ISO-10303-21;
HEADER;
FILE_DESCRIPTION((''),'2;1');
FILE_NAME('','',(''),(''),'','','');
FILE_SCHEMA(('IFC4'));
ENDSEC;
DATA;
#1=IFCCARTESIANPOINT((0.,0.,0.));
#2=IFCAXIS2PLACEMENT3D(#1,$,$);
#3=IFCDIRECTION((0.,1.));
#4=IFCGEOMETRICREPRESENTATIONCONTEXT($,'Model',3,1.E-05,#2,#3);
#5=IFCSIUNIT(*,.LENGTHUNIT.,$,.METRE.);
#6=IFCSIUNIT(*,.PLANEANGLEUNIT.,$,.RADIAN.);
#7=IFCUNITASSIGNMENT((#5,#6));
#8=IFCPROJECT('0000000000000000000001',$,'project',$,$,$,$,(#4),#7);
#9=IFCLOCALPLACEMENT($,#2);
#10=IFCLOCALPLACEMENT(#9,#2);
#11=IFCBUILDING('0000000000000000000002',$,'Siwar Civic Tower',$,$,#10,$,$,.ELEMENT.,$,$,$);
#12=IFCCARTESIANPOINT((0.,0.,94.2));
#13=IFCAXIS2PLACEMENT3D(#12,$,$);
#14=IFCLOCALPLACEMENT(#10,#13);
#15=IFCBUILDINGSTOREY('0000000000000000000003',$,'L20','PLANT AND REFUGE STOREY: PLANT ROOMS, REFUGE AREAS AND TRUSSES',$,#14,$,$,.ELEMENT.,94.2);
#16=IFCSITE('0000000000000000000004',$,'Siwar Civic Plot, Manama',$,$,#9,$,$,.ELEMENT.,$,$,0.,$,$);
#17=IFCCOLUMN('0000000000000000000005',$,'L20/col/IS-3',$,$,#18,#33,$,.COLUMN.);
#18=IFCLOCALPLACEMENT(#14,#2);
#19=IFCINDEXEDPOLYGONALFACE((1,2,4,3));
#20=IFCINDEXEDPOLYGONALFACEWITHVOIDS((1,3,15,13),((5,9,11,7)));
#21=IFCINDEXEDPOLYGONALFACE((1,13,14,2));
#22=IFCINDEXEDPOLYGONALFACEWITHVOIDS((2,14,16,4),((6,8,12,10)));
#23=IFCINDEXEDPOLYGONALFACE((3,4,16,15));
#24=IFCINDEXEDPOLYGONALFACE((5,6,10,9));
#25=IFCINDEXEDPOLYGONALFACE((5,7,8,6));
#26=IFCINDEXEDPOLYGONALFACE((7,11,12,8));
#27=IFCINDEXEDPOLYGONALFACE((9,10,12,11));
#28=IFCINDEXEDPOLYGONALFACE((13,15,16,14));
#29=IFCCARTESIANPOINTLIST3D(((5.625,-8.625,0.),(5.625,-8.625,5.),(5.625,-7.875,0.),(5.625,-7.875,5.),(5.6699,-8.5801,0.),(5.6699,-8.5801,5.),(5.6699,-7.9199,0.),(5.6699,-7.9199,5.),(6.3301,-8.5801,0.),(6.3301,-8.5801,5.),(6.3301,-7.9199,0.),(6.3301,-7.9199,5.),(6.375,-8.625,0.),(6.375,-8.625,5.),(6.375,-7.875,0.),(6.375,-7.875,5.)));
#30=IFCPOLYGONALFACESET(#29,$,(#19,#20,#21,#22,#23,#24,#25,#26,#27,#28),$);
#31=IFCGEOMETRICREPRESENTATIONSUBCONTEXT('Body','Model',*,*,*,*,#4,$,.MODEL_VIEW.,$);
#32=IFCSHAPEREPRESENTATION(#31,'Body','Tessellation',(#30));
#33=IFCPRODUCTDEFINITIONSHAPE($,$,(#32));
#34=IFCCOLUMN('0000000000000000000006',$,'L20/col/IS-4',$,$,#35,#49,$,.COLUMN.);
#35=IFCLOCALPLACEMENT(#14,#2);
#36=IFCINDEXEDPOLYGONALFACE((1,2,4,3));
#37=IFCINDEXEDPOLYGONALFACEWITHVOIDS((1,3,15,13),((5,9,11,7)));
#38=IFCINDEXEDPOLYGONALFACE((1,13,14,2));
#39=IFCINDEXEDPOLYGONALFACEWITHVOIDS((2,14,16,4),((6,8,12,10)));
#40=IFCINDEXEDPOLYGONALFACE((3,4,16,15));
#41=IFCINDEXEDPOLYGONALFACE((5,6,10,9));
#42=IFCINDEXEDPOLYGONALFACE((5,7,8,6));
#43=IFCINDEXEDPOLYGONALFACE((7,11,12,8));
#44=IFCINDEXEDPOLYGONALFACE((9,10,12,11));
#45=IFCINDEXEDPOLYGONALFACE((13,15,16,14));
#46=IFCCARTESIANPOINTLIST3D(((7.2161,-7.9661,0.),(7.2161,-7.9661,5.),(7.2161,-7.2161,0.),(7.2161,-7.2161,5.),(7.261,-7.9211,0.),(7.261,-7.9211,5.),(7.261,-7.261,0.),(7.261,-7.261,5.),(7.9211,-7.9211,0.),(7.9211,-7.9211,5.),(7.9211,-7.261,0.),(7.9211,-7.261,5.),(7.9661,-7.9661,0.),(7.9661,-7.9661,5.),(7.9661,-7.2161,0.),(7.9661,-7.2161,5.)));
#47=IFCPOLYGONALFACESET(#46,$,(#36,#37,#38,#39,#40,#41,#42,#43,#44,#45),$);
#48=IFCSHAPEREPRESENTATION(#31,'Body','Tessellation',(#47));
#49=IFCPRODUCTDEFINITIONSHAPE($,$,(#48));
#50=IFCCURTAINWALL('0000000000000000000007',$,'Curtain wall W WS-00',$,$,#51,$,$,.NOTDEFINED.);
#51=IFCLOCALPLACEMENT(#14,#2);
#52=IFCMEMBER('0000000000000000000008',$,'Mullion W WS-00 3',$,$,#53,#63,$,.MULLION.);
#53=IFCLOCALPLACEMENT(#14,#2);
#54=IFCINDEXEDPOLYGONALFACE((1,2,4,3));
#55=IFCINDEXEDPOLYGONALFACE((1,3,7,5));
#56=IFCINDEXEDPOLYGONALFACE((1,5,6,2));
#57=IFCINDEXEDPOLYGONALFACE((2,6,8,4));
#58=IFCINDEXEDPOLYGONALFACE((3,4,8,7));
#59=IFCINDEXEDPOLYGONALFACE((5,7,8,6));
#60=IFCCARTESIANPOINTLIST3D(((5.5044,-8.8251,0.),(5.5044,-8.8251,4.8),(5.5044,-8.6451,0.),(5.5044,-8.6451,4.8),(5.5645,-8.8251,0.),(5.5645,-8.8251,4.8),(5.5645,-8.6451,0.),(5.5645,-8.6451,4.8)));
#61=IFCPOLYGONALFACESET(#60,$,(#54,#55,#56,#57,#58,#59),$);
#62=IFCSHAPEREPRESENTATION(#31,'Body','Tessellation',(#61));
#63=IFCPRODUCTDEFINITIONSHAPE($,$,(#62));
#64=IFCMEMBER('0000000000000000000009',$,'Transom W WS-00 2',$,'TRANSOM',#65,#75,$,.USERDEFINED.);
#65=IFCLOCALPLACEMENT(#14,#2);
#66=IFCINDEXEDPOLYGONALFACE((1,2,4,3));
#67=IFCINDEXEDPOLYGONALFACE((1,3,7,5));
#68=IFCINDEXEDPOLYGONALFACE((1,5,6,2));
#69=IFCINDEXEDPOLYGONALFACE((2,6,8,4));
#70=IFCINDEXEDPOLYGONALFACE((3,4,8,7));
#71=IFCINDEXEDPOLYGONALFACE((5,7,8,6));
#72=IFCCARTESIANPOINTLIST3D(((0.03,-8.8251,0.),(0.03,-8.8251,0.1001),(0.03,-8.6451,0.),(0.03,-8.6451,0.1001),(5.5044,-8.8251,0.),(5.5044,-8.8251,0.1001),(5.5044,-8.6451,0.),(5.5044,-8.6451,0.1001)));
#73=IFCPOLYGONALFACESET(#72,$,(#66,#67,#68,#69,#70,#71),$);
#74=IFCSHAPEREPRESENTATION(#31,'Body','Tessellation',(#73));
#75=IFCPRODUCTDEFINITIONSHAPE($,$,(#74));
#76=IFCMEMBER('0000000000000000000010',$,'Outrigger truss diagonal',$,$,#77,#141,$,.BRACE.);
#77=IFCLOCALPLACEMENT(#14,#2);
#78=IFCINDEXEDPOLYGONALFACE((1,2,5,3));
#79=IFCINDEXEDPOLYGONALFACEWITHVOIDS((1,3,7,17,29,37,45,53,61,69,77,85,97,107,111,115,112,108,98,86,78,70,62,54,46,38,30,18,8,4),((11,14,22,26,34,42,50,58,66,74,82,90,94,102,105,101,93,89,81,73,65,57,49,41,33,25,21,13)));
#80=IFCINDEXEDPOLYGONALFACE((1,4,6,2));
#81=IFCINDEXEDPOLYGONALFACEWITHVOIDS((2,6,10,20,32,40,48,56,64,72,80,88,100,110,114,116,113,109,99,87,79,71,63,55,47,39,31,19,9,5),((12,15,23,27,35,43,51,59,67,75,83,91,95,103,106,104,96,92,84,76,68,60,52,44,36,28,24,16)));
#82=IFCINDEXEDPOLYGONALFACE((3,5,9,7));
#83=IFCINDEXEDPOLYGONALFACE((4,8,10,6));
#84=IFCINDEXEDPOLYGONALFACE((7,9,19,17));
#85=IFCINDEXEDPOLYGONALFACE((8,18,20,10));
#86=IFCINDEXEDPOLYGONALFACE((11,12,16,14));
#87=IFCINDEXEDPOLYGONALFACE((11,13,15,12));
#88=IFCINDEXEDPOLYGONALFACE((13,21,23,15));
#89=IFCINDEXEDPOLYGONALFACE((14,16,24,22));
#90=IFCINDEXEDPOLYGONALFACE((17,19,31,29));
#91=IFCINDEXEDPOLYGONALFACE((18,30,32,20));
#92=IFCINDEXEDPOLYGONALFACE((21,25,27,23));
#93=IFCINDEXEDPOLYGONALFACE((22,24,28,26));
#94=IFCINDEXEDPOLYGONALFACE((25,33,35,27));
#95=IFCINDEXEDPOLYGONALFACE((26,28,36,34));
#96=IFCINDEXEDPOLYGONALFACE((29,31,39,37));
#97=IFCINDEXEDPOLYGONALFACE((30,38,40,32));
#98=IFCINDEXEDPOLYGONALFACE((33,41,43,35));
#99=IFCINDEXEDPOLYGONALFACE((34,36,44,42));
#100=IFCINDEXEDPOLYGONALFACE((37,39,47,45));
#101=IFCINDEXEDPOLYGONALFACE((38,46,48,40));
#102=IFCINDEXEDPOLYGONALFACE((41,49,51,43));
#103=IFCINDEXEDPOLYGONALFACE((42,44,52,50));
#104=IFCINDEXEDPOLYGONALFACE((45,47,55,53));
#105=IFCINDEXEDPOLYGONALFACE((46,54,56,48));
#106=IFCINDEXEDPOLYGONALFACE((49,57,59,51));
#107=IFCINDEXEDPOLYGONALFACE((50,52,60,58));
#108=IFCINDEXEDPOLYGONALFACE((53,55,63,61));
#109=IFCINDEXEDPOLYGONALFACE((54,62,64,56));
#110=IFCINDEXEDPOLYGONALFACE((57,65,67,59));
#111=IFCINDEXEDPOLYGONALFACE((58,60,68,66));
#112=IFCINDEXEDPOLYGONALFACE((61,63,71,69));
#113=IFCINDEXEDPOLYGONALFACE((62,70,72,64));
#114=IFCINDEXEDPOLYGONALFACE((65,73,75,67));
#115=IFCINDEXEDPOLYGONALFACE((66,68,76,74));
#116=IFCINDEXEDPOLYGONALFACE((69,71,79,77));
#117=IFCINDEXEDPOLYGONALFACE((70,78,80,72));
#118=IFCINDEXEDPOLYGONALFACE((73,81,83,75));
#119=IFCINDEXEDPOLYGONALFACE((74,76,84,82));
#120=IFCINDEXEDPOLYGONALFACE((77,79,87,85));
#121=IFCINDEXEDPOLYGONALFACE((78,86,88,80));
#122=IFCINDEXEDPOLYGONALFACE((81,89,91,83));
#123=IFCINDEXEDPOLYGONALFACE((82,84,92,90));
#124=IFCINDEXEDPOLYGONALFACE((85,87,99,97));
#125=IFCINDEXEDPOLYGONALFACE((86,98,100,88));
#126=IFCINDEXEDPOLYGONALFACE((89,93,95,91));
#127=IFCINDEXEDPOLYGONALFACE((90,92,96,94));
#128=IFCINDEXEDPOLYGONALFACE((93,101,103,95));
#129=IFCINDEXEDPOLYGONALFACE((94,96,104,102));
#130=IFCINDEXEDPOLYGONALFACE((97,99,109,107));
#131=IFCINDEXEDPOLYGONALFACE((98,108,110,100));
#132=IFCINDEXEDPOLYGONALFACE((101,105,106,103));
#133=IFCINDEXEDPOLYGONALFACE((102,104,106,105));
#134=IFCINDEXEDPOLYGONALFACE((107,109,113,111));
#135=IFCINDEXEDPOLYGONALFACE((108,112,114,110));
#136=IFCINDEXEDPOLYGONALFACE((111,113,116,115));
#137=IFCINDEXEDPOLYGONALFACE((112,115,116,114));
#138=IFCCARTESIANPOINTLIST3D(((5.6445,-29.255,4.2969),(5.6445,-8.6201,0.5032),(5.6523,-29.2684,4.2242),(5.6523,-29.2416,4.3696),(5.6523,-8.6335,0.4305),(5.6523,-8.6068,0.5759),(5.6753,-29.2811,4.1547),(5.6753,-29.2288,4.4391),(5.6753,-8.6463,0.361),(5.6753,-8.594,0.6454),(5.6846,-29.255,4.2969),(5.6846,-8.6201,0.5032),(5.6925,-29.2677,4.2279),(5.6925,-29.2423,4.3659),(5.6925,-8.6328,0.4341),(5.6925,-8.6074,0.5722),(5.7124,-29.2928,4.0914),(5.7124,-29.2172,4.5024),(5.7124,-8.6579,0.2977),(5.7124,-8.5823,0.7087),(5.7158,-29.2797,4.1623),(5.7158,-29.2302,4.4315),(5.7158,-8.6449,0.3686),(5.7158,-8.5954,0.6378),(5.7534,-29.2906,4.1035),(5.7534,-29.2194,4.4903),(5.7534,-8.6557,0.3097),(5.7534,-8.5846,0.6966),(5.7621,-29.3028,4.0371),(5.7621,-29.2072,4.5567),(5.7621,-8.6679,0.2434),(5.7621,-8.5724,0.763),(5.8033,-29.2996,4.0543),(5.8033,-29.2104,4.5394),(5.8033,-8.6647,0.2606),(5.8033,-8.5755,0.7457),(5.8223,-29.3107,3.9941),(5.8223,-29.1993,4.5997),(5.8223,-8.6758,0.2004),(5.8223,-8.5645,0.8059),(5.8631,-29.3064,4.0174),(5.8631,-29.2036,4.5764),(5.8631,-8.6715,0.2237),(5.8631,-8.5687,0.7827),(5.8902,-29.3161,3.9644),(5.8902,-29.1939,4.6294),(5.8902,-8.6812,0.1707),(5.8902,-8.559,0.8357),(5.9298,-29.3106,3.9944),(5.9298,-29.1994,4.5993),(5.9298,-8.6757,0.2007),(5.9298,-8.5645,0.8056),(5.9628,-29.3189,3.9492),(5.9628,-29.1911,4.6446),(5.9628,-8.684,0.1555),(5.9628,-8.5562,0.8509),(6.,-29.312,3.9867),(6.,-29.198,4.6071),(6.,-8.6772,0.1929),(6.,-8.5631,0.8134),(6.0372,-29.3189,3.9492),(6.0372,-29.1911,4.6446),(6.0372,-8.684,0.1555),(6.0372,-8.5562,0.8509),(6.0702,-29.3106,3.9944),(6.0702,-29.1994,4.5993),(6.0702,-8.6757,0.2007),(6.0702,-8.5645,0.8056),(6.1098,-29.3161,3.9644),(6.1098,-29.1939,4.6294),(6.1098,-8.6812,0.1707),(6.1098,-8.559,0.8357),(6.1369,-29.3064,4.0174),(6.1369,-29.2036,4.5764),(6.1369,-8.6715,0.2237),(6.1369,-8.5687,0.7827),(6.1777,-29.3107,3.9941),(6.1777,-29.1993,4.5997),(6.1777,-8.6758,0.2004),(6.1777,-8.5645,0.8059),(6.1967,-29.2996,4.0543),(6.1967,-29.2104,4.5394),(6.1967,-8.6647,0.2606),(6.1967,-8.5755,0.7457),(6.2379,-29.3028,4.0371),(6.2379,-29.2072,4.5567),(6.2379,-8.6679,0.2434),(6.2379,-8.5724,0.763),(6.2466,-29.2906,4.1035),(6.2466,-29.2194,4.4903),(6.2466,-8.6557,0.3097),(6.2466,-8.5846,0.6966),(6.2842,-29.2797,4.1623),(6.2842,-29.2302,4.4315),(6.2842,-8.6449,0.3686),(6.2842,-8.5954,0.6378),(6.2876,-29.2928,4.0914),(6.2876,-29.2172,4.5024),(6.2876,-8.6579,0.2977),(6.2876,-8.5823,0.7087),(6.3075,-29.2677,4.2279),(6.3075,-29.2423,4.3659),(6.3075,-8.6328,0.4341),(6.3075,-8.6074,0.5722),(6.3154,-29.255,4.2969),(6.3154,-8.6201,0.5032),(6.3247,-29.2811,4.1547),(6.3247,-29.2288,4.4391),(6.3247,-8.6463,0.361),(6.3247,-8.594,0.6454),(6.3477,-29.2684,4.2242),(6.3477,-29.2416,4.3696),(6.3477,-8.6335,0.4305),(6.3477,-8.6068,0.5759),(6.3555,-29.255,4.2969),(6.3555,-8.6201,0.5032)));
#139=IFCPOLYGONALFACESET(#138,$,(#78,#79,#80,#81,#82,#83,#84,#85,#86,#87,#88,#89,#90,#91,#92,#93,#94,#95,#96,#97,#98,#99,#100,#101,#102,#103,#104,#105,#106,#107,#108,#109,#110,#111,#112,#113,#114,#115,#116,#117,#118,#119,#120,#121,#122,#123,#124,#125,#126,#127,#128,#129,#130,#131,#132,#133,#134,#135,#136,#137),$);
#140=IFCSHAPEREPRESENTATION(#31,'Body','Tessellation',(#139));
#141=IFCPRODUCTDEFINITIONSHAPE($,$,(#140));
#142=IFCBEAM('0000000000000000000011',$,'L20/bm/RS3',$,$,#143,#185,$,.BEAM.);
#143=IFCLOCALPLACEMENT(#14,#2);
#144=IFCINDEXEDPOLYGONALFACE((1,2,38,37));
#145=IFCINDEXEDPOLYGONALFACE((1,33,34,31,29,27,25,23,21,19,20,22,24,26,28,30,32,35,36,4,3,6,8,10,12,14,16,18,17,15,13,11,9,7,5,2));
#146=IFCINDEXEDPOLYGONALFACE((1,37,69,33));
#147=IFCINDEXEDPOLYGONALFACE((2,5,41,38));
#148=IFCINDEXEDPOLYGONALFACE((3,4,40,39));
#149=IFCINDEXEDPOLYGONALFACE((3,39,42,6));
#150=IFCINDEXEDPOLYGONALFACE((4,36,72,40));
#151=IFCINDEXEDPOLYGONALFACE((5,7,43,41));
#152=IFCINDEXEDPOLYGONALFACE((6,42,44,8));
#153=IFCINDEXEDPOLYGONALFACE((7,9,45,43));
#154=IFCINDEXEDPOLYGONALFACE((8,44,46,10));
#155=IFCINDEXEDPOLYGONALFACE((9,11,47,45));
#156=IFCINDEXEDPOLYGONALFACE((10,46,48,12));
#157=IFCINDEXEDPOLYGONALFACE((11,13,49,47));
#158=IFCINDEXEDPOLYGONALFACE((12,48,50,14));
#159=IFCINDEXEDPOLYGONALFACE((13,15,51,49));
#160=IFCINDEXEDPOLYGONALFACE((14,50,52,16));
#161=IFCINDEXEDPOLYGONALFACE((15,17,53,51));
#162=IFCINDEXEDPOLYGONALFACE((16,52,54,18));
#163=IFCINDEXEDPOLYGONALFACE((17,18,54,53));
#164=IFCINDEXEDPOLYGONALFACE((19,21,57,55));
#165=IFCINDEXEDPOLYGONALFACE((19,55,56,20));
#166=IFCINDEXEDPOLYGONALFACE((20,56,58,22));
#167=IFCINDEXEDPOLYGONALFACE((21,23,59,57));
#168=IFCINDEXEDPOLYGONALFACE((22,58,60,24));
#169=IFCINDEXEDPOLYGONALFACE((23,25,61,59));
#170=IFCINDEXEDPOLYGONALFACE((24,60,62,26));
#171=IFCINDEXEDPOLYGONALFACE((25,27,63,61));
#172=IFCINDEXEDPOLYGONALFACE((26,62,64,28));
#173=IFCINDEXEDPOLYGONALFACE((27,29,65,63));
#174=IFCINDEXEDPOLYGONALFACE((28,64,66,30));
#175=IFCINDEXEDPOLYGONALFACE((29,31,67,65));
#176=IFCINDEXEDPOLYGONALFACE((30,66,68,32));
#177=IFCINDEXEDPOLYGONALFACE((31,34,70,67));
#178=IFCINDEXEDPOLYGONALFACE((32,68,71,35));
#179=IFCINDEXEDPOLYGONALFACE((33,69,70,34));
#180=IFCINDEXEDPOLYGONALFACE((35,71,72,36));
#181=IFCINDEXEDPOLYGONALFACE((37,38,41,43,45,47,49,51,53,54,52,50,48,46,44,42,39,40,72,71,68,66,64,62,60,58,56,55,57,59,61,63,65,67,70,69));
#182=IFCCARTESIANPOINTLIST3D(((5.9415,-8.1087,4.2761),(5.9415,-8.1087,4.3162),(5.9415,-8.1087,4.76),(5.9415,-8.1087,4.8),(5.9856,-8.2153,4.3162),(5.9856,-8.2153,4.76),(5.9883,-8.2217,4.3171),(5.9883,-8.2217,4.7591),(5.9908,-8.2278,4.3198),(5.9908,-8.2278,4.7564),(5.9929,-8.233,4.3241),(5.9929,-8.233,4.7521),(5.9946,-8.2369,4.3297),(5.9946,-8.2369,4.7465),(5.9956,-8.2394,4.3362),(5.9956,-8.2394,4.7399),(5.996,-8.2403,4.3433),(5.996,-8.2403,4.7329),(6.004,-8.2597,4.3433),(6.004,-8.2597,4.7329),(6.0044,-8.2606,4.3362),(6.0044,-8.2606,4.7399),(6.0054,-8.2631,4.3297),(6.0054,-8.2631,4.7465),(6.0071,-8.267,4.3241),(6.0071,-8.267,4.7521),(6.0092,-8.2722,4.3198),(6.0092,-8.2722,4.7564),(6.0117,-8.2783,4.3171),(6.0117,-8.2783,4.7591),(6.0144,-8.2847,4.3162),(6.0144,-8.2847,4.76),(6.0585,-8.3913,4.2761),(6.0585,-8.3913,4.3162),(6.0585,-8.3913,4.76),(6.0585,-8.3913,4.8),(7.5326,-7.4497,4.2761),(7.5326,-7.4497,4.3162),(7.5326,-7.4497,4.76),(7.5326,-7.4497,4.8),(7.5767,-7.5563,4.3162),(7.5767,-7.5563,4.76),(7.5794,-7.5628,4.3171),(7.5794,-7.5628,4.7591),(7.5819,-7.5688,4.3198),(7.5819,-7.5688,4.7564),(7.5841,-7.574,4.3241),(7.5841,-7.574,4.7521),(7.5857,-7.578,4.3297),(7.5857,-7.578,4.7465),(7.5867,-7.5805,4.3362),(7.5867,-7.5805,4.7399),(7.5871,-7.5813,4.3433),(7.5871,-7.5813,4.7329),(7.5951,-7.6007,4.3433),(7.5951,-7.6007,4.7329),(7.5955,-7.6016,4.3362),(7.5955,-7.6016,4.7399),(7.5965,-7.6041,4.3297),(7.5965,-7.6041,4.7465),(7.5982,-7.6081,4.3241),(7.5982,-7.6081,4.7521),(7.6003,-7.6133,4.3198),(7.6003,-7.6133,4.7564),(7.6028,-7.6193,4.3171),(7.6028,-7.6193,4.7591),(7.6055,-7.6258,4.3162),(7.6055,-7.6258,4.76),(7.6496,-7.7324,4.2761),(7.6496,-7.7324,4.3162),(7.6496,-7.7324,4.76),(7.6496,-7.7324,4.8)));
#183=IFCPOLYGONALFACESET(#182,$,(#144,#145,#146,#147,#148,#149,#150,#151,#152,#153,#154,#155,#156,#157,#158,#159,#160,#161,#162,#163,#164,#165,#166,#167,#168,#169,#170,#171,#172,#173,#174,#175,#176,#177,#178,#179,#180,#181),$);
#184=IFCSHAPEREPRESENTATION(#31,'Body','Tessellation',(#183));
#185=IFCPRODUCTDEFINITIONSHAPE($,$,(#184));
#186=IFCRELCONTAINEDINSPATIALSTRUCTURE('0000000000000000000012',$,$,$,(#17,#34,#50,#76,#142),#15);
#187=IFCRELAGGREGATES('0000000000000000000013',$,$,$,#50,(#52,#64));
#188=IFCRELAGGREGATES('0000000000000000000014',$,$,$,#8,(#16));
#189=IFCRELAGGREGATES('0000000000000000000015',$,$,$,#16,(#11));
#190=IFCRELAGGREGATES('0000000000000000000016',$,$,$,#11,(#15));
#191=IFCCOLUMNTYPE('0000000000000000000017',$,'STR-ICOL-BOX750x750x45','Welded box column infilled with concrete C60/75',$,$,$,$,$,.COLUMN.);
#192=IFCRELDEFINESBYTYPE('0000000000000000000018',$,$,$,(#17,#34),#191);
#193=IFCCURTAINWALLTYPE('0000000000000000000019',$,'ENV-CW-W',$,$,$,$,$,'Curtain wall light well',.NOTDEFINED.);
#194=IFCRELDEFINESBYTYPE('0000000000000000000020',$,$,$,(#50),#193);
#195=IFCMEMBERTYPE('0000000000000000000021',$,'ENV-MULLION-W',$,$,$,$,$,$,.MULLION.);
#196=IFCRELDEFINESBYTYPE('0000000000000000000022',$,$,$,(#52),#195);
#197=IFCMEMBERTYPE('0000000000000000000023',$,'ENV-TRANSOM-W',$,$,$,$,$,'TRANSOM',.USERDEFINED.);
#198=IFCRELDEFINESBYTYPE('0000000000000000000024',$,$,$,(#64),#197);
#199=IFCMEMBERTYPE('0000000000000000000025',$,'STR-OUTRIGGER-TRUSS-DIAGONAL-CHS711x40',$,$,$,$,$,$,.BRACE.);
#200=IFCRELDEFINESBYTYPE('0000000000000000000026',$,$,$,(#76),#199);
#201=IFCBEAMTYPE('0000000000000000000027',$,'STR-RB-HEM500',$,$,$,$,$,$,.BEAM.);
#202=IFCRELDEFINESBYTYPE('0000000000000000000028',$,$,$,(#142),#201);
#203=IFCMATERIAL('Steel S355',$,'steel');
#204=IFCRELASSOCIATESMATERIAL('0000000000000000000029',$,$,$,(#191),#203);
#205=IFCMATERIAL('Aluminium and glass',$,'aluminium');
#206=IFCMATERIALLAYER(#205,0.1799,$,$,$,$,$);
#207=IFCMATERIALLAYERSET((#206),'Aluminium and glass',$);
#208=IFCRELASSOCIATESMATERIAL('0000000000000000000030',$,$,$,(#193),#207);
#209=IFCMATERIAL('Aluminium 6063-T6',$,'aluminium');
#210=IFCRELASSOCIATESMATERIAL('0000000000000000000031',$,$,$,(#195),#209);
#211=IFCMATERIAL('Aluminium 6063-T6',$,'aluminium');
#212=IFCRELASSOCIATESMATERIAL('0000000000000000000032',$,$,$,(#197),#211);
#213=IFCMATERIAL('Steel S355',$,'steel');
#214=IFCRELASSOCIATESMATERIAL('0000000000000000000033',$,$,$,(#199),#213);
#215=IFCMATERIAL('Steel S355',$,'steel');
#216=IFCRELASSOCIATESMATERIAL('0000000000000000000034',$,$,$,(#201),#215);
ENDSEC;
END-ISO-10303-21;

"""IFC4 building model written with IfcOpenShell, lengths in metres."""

from ifc_helpers import new_model, si_unit, direction, frame, origin, origin_2d, place, context, subcontext, project, spatial, rectangle, hollow_rectangle, hollow_circle, i_section, extrude, material, layer, layer_set, material_profile, profile_set, type_object, element, aggregate, save


model = new_model("IFC4")

# Units and contexts
model_context = context("Model", 3, precision=1e-05, world=origin(), true_north=direction((0.0, 1.0)))
body_context = subcontext(model_context, "Body", "Model", "MODEL_VIEW")
ifc_project = project(units=[si_unit("LENGTHUNIT", "METRE"), si_unit("PLANEANGLEUNIT", "RADIAN")], contexts=[model_context])

# Site, building, storey
site_placement = place(None, origin())
site = spatial("IfcSite", under=ifc_project, at=site_placement, Name="Siwar Civic Plot, Manama", CompositionType="ELEMENT", RefElevation=0.0)
building_placement = place(site_placement, origin())
building = spatial("IfcBuilding", under=site, at=building_placement, Name="Siwar Civic Tower", CompositionType="ELEMENT")
storey_placement = place(building_placement, frame((0.0, 0.0, 94.2)))
storey = spatial("IfcBuildingStorey", under=building, at=storey_placement, Name="L20", Description="PLANT AND REFUGE STOREY: PLANT ROOMS, REFUGE AREAS AND TRUSSES", CompositionType="ELEMENT", Elevation=94.2)

# Columns
ifc_material_1 = material(Name="Steel S355", Category="steel")
ifc_material_profile_1 = material_profile(ifc_material_1, hollow_rectangle(XDim=0.75, YDim=0.75, WallThickness=0.0449, at=origin_2d()), Name="BOX750x750x45")
ifc_profile_set_1 = profile_set([ifc_material_profile_1], Name="Steel S355")
column_type = type_object("IfcColumnType", Name="STR-ICOL-BOX750x750x45", Description="Welded box column infilled with concrete C60/75", PredefinedType="COLUMN", material=ifc_profile_set_1)
for number, where, z_axis, x_axis, name in (
    (1, (6.0, -8.25, 0.0), (0.0, 0.0, 1.0), (1.0, 0.0, 0.0), "L20/col/IS-3"),
    (2, (7.5911, -7.5911, 0.0), (0.0, 0.0, 1.0), (1.0, 0.0, 0.0), "L20/col/IS-4"),
):
    element("IfcColumn", number, at=place(storey_placement, frame(where, z_axis=z_axis, x_axis=x_axis)), inside=storey, type_object=column_type, Name=name, PredefinedType="COLUMN", context=body_context, shape_type="SweptSolid", body=[
        extrude(hollow_rectangle(XDim=0.75, YDim=0.75, WallThickness=0.0449, at=origin_2d()), origin(), (0.0, 0.0, 1.0), 5.0),
    ])

# Curtain wall, members
ifc_material_2 = material(Name="Aluminium and glass", Category="aluminium")
ifc_layer_1 = layer(ifc_material_2, 0.1799)
ifc_layer_set_1 = layer_set([ifc_layer_1], Name="Aluminium and glass")
curtain_wall_type = type_object("IfcCurtainWallType", Name="ENV-CW-W", ElementType="Curtain wall light well", PredefinedType="NOTDEFINED", material=ifc_layer_set_1)
curtain_wall_placement = place(storey_placement, origin())
curtain_wall = element("IfcCurtainWall", 3, at=curtain_wall_placement, inside=storey, type_object=curtain_wall_type, Name="Curtain wall W WS-00", PredefinedType="NOTDEFINED")
ifc_material_3 = material(Name="Aluminium 6063-T6", Category="aluminium")
ifc_material_profile_2 = material_profile(ifc_material_3, rectangle(XDim=0.1799, YDim=0.0601, at=origin_2d()), Name="AL 180x60")
ifc_profile_set_2 = profile_set([ifc_material_profile_2], Name="Aluminium 6063-T6")
member_type_1 = type_object("IfcMemberType", Name="ENV-MULLION-W", PredefinedType="MULLION", material=ifc_profile_set_2)
member_1_placement = place(storey_placement, frame((5.5344, -8.7351, 0.0), z_axis=(0.0, 0.0, 1.0), x_axis=(0.0, 1.0, 0.0)))
member_1 = element("IfcMember", 4, at=member_1_placement, type_object=member_type_1, Name="Mullion W WS-00 3", PredefinedType="MULLION", context=body_context, shape_type="SweptSolid", body=[
    extrude(rectangle(XDim=0.1799, YDim=0.0601, at=origin_2d()), origin(), (0.0, 0.0, 1.0), 4.8),
])
ifc_material_4 = material(Name="Aluminium 6063-T6", Category="aluminium")
ifc_material_profile_3 = material_profile(ifc_material_4, rectangle(XDim=0.1799, YDim=0.1001, at=origin_2d()), Name="AL 180x100")
ifc_profile_set_3 = profile_set([ifc_material_profile_3], Name="Aluminium 6063-T6")
member_type_2 = type_object("IfcMemberType", Name="ENV-TRANSOM-W", ElementType="TRANSOM", PredefinedType="USERDEFINED", material=ifc_profile_set_3)
member_2_placement = place(storey_placement, frame((0.03, -8.7351, 0.05), z_axis=(1.0, 0.0, 0.0), x_axis=(0.0, 1.0, 0.0)))
member_2 = element("IfcMember", 5, at=member_2_placement, type_object=member_type_2, Name="Transom W WS-00 2", ObjectType="TRANSOM", PredefinedType="USERDEFINED", context=body_context, shape_type="SweptSolid", body=[
    extrude(rectangle(XDim=0.1799, YDim=0.1001, at=origin_2d()), origin(), (0.0, 0.0, 1.0), 5.4744),
])

# Member
ifc_material_5 = material(Name="Steel S355", Category="steel")
ifc_material_profile_4 = material_profile(ifc_material_5, hollow_circle(Radius=0.3555, WallThickness=0.04, at=origin_2d()), Name="CHS711x40")
ifc_profile_set_4 = profile_set([ifc_material_profile_4], Name="Steel S355")
member_type_3 = type_object("IfcMemberType", Name="STR-OUTRIGGER-TRUSS-DIAGONAL-CHS711x40", PredefinedType="BRACE", material=ifc_profile_set_4)
member_3_placement = place(storey_placement, frame((6.0, -8.6201, 0.5032), z_axis=(0.0, -0.983516, 0.180819), x_axis=(1.0, 0.0, 0.0)))
element("IfcMember", 6, at=member_3_placement, inside=storey, type_object=member_type_3, Name="Outrigger truss diagonal", PredefinedType="BRACE", context=body_context, shape_type="SweptSolid", body=[
    extrude(hollow_circle(Radius=0.3555, WallThickness=0.04, at=origin_2d()), origin(), (0.0, 0.0, 1.0), 20.9807),
])

# Beam
ifc_material_6 = material(Name="Steel S355", Category="steel")
ifc_material_profile_5 = material_profile(ifc_material_6, i_section(OverallWidth=0.3059, OverallDepth=0.5239, WebThickness=0.021, FlangeThickness=0.04, FilletRadius=0.0271, at=origin_2d()), Name="HEM500")
ifc_profile_set_5 = profile_set([ifc_material_profile_5], Name="Steel S355")
beam_type = type_object("IfcBeamType", Name="STR-RB-HEM500", PredefinedType="BEAM", material=ifc_profile_set_5)
for number, where, z_axis, x_axis, name in (
    (7, (6.0, -8.25, 4.5381), (0.923901, 0.382631, 0.0), (-0.382631, 0.923901, 0.0), "L20/bm/RS3"),
):
    element("IfcBeam", number, at=place(storey_placement, frame(where, z_axis=z_axis, x_axis=x_axis)), inside=storey, type_object=beam_type, Name=name, PredefinedType="BEAM", context=body_context, shape_type="SweptSolid", body=[
        extrude(i_section(OverallWidth=0.3059, OverallDepth=0.5239, WebThickness=0.021, FlangeThickness=0.04, FilletRadius=0.0271, at=origin_2d()), origin(), (0.0, 0.0, 1.0), 1.7222),
    ])

aggregate(curtain_wall, [member_1, member_2])

save(model, "model.ifc")
